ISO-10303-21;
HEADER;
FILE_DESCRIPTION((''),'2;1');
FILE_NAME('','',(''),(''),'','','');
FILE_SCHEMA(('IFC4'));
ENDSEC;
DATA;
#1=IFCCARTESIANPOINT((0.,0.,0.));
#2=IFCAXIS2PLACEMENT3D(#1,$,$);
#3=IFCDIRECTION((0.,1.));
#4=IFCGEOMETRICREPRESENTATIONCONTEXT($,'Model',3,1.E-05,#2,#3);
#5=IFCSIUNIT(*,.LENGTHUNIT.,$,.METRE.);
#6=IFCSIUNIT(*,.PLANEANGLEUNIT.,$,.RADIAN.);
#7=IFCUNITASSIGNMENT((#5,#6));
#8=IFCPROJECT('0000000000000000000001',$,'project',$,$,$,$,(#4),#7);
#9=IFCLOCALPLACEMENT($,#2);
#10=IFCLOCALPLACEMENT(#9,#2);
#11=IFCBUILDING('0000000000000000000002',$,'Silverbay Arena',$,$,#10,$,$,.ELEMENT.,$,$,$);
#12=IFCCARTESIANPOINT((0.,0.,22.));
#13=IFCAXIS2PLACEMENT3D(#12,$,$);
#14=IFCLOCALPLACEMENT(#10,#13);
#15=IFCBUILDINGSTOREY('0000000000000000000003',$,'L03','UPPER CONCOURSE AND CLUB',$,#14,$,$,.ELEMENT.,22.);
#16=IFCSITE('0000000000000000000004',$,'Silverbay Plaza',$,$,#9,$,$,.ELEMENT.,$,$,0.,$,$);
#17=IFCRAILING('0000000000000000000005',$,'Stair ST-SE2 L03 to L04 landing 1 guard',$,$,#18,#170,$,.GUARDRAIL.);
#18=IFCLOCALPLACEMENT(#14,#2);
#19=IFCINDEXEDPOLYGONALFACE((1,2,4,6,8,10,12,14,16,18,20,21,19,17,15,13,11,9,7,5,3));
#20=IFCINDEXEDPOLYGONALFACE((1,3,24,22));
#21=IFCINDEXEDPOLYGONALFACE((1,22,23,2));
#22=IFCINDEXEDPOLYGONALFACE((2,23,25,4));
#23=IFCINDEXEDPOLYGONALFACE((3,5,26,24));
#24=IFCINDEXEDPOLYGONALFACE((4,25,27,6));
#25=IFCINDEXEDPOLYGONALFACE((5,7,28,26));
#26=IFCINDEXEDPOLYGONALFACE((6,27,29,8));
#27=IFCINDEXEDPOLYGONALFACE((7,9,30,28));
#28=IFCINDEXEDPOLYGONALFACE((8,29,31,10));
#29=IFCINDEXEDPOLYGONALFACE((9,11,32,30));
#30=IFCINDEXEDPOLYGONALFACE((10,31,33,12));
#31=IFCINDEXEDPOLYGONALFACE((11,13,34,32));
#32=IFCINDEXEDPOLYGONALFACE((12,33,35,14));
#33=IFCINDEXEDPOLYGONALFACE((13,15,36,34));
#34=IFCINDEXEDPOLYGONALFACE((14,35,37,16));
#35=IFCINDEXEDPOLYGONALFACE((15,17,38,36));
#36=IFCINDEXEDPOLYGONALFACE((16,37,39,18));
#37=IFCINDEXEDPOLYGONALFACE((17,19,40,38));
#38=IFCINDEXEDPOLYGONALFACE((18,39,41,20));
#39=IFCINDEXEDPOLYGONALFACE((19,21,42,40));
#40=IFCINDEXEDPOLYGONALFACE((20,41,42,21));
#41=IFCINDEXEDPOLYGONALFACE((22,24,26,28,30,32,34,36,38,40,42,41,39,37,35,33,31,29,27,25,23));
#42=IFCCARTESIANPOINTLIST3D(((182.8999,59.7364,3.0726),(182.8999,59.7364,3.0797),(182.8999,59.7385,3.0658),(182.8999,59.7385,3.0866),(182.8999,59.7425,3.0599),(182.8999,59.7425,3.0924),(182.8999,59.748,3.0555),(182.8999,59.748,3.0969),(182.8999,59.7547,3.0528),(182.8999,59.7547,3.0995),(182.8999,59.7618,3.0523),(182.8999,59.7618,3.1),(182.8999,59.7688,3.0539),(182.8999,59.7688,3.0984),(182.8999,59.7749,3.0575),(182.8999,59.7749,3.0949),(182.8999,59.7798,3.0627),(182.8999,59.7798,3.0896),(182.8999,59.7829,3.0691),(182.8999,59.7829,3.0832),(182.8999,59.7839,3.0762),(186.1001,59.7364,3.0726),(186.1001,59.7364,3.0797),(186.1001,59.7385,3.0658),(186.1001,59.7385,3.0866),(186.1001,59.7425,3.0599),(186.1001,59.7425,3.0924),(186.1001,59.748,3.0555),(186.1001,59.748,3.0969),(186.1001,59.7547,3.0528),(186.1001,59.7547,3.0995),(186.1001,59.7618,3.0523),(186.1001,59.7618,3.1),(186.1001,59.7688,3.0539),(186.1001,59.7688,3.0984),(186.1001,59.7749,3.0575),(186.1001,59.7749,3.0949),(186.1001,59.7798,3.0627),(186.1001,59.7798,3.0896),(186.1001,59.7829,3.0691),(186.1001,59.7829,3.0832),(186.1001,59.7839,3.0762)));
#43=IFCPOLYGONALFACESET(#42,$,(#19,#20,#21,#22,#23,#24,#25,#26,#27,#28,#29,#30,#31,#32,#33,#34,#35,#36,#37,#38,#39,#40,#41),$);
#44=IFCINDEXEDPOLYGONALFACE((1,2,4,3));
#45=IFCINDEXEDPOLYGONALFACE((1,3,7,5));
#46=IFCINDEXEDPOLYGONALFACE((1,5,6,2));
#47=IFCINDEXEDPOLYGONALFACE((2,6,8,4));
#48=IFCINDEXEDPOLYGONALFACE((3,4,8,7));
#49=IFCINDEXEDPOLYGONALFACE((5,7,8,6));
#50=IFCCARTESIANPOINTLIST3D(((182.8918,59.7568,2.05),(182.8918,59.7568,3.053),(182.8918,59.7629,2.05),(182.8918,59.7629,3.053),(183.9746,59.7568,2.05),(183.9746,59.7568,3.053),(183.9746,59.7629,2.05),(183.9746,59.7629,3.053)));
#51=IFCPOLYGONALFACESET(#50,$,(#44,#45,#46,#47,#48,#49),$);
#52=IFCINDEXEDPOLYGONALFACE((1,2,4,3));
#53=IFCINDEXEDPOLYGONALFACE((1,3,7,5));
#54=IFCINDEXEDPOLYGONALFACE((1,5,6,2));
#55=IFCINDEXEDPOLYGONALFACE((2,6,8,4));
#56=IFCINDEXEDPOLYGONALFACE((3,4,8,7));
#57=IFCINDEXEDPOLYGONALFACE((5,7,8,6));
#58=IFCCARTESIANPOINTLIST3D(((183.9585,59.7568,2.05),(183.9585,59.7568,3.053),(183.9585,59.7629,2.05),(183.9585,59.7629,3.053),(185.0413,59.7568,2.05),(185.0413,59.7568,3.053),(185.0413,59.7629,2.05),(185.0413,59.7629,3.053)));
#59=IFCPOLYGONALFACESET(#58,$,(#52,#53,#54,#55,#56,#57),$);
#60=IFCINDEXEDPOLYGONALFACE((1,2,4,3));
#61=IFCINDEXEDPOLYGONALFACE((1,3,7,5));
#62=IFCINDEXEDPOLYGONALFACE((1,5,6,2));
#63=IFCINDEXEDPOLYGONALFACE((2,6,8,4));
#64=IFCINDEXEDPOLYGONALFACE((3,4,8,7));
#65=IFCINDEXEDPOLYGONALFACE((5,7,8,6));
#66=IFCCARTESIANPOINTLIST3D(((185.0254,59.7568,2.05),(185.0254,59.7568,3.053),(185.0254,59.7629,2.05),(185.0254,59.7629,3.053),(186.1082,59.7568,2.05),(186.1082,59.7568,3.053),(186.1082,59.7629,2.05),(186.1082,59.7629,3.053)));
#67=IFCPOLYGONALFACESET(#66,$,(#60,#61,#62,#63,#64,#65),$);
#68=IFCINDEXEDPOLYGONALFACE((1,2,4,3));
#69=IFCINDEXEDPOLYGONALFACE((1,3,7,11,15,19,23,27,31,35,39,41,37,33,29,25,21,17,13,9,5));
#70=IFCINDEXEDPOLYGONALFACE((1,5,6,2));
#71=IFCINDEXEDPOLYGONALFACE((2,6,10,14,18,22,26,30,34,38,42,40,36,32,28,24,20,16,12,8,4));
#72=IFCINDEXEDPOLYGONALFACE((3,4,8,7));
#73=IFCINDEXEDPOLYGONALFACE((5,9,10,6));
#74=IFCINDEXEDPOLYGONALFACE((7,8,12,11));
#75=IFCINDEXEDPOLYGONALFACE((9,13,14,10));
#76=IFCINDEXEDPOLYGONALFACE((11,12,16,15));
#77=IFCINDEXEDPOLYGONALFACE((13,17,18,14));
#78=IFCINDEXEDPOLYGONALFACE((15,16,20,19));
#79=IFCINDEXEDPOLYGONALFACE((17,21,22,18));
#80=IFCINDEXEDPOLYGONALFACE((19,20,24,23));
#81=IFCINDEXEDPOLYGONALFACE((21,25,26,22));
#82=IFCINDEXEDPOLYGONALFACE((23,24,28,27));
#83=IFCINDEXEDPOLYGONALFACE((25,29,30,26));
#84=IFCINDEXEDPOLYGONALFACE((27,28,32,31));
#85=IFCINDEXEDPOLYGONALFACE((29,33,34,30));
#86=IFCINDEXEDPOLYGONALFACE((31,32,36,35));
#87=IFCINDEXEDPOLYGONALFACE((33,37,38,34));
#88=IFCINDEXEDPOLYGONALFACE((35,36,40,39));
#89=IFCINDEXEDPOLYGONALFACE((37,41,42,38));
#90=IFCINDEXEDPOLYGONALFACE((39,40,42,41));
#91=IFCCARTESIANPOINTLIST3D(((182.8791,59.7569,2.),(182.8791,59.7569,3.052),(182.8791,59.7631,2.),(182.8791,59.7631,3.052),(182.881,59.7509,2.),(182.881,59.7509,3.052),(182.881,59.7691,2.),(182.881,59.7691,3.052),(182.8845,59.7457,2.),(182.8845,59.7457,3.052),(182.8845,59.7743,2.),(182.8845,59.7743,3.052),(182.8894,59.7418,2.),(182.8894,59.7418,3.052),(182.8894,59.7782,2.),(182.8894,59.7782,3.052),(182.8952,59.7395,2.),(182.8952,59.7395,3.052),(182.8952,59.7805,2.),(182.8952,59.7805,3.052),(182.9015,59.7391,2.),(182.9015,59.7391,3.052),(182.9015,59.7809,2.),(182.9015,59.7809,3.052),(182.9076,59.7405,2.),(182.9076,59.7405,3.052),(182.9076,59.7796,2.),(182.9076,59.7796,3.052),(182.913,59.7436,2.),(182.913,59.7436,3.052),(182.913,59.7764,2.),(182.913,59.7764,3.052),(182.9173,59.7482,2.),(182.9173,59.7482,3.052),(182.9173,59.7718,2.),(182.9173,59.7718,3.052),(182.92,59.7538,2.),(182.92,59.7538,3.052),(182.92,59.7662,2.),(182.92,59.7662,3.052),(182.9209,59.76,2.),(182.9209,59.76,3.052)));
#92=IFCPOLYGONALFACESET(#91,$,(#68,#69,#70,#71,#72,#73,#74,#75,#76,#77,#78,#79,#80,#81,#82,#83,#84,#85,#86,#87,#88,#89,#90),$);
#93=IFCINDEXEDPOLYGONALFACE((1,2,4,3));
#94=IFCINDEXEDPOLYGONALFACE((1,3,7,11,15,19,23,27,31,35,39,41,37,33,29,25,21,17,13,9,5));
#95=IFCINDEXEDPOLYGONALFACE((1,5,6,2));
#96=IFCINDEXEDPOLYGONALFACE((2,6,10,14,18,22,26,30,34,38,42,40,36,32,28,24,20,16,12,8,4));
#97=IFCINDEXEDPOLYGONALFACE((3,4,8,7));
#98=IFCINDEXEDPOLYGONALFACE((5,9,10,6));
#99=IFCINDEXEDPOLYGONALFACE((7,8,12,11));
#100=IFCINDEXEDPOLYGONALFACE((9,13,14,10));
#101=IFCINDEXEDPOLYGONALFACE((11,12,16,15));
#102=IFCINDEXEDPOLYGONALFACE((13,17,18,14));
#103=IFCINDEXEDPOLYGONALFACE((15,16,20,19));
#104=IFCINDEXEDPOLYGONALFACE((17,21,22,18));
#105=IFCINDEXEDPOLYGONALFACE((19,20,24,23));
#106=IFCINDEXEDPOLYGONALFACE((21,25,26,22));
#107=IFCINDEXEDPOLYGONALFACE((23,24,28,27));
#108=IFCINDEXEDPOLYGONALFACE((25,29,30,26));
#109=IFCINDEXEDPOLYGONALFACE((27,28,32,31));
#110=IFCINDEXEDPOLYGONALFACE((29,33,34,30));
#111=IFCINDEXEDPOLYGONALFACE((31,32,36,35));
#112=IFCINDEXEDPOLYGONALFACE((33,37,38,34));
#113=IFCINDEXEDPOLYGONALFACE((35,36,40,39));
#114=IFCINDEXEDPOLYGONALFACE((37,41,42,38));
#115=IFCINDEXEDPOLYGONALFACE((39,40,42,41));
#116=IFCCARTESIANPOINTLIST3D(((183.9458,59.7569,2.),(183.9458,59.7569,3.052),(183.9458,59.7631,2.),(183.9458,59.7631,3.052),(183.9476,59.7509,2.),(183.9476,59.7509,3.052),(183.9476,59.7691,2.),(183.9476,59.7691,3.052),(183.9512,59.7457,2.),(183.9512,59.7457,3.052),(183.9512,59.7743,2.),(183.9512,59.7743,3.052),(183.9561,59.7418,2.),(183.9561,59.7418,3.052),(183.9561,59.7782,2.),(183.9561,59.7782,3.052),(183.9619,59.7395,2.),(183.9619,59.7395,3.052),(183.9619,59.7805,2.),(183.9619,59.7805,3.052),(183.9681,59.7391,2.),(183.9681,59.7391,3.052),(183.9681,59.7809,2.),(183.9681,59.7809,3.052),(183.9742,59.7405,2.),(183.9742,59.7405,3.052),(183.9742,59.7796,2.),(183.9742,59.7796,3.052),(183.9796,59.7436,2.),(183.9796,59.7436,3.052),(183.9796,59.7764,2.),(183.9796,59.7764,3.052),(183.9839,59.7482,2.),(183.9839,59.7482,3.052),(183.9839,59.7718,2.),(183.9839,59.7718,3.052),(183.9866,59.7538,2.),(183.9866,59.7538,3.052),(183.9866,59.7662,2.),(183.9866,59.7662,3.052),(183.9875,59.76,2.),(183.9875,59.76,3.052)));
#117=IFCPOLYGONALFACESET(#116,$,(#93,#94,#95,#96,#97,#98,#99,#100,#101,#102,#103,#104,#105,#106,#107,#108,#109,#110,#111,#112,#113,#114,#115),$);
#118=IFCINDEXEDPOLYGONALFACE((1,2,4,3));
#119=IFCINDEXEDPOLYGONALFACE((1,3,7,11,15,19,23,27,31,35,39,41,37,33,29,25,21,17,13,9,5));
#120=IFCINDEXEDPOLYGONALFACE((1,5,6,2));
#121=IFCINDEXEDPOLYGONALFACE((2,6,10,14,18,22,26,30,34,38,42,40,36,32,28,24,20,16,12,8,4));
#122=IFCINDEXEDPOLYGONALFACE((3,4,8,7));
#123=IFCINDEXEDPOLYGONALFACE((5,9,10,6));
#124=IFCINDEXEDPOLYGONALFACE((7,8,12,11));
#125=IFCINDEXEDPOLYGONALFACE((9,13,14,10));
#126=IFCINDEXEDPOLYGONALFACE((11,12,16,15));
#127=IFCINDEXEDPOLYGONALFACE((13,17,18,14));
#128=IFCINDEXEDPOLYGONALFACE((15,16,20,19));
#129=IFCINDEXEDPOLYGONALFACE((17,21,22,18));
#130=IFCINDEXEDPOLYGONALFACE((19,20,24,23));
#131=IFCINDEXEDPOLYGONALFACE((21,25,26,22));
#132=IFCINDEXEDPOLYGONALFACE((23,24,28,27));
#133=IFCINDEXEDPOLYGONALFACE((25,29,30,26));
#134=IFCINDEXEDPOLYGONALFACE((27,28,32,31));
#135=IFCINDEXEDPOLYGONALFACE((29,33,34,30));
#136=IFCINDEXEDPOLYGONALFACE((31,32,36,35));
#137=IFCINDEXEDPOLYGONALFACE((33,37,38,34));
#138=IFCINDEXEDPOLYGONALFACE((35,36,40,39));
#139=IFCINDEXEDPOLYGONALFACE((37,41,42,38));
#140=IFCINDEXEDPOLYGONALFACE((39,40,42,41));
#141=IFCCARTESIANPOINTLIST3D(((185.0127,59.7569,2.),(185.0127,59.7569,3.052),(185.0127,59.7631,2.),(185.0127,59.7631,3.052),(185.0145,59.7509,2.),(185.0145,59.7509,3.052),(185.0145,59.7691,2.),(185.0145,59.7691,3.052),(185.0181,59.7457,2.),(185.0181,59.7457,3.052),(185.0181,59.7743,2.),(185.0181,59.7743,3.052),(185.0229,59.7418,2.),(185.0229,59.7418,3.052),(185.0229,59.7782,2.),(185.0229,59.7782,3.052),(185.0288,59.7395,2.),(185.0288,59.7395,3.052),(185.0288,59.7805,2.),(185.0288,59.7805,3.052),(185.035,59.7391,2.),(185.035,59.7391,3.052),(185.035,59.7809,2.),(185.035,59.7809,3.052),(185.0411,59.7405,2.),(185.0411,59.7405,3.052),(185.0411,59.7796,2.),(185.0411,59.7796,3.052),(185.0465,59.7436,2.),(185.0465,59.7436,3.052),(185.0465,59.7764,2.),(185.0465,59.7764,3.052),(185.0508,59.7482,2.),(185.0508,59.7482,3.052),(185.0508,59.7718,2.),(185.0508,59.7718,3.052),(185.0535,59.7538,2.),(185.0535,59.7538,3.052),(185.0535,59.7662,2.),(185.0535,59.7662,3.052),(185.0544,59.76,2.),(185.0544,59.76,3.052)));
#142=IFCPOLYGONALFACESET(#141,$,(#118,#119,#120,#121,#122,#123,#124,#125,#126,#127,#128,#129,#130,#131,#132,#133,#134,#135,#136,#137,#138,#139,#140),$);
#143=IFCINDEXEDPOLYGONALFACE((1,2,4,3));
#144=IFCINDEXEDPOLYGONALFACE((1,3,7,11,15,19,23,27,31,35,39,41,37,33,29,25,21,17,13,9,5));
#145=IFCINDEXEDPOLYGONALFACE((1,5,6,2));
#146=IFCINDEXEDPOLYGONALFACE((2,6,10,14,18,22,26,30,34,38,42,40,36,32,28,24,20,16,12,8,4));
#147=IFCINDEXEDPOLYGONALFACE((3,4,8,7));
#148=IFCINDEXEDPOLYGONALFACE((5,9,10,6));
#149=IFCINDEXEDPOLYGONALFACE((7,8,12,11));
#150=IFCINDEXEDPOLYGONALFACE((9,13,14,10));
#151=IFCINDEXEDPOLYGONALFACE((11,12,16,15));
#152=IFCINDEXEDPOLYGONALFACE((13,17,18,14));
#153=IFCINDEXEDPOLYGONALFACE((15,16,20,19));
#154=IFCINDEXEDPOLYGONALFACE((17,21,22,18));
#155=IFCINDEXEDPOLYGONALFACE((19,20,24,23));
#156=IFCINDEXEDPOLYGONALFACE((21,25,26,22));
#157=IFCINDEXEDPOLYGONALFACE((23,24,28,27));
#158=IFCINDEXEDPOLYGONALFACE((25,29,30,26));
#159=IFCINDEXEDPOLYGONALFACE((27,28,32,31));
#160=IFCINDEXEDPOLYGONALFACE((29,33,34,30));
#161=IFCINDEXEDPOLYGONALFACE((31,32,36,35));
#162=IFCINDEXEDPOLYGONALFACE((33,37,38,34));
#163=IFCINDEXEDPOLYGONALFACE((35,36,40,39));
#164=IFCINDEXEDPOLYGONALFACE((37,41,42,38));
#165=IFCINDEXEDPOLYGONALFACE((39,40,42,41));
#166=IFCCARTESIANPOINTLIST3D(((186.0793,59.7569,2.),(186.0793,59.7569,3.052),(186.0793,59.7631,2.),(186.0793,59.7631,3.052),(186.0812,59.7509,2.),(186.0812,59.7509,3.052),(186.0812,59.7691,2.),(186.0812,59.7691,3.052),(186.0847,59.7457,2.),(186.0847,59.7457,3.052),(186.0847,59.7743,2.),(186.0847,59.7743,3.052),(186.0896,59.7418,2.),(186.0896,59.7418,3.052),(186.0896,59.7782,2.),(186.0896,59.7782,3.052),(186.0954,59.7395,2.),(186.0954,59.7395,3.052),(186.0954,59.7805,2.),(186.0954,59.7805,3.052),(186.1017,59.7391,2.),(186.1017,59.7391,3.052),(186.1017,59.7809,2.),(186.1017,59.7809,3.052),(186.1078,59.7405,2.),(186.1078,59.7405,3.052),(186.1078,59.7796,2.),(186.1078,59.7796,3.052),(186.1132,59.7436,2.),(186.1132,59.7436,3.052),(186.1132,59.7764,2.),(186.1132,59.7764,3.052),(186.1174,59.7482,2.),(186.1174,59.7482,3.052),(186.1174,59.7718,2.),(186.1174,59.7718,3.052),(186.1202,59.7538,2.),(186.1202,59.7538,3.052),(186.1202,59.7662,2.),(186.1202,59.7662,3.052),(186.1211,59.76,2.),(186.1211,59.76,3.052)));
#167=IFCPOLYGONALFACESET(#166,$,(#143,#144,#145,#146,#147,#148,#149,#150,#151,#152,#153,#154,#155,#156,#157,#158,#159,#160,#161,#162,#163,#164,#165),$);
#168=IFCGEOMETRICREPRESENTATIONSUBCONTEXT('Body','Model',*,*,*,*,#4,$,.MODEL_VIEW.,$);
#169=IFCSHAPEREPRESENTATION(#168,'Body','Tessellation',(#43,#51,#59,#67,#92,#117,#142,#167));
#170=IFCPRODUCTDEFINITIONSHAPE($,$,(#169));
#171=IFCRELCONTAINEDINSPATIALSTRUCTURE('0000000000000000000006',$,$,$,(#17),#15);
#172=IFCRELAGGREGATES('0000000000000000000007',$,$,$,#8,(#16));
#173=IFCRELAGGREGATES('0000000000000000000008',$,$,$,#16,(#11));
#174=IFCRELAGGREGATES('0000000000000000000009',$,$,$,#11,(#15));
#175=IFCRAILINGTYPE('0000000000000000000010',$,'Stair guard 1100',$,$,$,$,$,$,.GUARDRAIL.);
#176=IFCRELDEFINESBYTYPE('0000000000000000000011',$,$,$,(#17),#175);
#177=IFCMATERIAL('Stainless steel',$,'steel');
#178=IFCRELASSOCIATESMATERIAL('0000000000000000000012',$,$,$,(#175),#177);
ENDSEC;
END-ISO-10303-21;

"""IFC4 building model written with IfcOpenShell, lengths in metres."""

from ifc_helpers import new_model, si_unit, direction, frame, origin, origin_2d, place, context, subcontext, project, spatial, polyline, circle, outline, extrude, material, type_object, element, save


model = new_model("IFC4")

# Units and contexts
model_context = context("Model", 3, precision=1e-05, world=origin(), true_north=direction((0.0, 1.0)))
body_context = subcontext(model_context, "Body", "Model", "MODEL_VIEW")
ifc_project = project(units=[si_unit("LENGTHUNIT", "METRE"), si_unit("PLANEANGLEUNIT", "RADIAN")], contexts=[model_context])

# Site, building, storey
site_placement = place(None, origin())
site = spatial("IfcSite", under=ifc_project, at=site_placement, Name="Silverbay Plaza", CompositionType="ELEMENT", RefElevation=0.0)
building_placement = place(site_placement, origin())
building = spatial("IfcBuilding", under=site, at=building_placement, Name="Silverbay Arena", CompositionType="ELEMENT")
storey_placement = place(building_placement, frame((0.0, 0.0, 22.0)))
storey = spatial("IfcBuildingStorey", under=building, at=storey_placement, Name="L03", Description="UPPER CONCOURSE AND CLUB", CompositionType="ELEMENT", Elevation=22.0)

# Railing
ifc_material_1 = material(Name="Stainless steel", Category="steel")
railing_type_1 = type_object("IfcRailingType", Name="Stair guard 1100", PredefinedType="GUARDRAIL", material=ifc_material_1)
for number, where, name in (
    (1, (182.8999, 59.76, 2.0), "Stair ST-SE2 L03 to L04 landing 1 guard"),
):
    element("IfcRailing", number, at=place(storey_placement, frame(where)), inside=storey, type_object=railing_type_1, Name=name, PredefinedType="GUARDRAIL", context=body_context, shape_type="SweptSolid", body=[
        extrude(circle(Radius=0.0239, at=origin_2d()), frame((0.0, 0.0, 1.0762), z_axis=(1.0, 0.0, 0.0), x_axis=(0.0, 1.0, 0.0)), (0.0, 0.0, 1.0), 3.2002),
        extrude(outline(polyline([(-0.0081, 0.05), (1.0747, 0.05), (1.0747, 1.053), (-0.0081, 1.053), (-0.0081, 0.05)])), frame((0.0, 0.0029, 0.0), z_axis=(0.0, -1.0, 0.0), x_axis=(1.0, 0.0, 0.0)), (0.0, 0.0, 1.0), 0.0061),
        extrude(outline(polyline([(-0.0081, 0.05), (1.0747, 0.05), (1.0747, 1.053), (-0.0081, 1.053), (-0.0081, 0.05)])), frame((1.0667, 0.0029, 0.0), z_axis=(0.0, -1.0, 0.0), x_axis=(1.0, 0.0, 0.0)), (0.0, 0.0, 1.0), 0.0061),
        extrude(outline(polyline([(-0.0081, 0.05), (1.0747, 0.05), (1.0747, 1.053), (-0.0081, 1.053), (-0.0081, 0.05)])), frame((2.1335, 0.0029, 0.0), z_axis=(0.0, -1.0, 0.0), x_axis=(1.0, 0.0, 0.0)), (0.0, 0.0, 1.0), 0.0061),
        extrude(circle(Radius=0.021, at=origin_2d()), origin(), (0.0, 0.0, 1.0), 1.052),
        extrude(circle(Radius=0.021, at=origin_2d()), frame((1.0667, 0.0, 0.0)), (0.0, 0.0, 1.0), 1.052),
        extrude(circle(Radius=0.021, at=origin_2d()), frame((2.1335, 0.0, 0.0)), (0.0, 0.0, 1.0), 1.052),
        extrude(circle(Radius=0.021, at=origin_2d()), frame((3.2002, 0.0, 0.0)), (0.0, 0.0, 1.0), 1.052),
    ])

save(model, "model.ifc")
